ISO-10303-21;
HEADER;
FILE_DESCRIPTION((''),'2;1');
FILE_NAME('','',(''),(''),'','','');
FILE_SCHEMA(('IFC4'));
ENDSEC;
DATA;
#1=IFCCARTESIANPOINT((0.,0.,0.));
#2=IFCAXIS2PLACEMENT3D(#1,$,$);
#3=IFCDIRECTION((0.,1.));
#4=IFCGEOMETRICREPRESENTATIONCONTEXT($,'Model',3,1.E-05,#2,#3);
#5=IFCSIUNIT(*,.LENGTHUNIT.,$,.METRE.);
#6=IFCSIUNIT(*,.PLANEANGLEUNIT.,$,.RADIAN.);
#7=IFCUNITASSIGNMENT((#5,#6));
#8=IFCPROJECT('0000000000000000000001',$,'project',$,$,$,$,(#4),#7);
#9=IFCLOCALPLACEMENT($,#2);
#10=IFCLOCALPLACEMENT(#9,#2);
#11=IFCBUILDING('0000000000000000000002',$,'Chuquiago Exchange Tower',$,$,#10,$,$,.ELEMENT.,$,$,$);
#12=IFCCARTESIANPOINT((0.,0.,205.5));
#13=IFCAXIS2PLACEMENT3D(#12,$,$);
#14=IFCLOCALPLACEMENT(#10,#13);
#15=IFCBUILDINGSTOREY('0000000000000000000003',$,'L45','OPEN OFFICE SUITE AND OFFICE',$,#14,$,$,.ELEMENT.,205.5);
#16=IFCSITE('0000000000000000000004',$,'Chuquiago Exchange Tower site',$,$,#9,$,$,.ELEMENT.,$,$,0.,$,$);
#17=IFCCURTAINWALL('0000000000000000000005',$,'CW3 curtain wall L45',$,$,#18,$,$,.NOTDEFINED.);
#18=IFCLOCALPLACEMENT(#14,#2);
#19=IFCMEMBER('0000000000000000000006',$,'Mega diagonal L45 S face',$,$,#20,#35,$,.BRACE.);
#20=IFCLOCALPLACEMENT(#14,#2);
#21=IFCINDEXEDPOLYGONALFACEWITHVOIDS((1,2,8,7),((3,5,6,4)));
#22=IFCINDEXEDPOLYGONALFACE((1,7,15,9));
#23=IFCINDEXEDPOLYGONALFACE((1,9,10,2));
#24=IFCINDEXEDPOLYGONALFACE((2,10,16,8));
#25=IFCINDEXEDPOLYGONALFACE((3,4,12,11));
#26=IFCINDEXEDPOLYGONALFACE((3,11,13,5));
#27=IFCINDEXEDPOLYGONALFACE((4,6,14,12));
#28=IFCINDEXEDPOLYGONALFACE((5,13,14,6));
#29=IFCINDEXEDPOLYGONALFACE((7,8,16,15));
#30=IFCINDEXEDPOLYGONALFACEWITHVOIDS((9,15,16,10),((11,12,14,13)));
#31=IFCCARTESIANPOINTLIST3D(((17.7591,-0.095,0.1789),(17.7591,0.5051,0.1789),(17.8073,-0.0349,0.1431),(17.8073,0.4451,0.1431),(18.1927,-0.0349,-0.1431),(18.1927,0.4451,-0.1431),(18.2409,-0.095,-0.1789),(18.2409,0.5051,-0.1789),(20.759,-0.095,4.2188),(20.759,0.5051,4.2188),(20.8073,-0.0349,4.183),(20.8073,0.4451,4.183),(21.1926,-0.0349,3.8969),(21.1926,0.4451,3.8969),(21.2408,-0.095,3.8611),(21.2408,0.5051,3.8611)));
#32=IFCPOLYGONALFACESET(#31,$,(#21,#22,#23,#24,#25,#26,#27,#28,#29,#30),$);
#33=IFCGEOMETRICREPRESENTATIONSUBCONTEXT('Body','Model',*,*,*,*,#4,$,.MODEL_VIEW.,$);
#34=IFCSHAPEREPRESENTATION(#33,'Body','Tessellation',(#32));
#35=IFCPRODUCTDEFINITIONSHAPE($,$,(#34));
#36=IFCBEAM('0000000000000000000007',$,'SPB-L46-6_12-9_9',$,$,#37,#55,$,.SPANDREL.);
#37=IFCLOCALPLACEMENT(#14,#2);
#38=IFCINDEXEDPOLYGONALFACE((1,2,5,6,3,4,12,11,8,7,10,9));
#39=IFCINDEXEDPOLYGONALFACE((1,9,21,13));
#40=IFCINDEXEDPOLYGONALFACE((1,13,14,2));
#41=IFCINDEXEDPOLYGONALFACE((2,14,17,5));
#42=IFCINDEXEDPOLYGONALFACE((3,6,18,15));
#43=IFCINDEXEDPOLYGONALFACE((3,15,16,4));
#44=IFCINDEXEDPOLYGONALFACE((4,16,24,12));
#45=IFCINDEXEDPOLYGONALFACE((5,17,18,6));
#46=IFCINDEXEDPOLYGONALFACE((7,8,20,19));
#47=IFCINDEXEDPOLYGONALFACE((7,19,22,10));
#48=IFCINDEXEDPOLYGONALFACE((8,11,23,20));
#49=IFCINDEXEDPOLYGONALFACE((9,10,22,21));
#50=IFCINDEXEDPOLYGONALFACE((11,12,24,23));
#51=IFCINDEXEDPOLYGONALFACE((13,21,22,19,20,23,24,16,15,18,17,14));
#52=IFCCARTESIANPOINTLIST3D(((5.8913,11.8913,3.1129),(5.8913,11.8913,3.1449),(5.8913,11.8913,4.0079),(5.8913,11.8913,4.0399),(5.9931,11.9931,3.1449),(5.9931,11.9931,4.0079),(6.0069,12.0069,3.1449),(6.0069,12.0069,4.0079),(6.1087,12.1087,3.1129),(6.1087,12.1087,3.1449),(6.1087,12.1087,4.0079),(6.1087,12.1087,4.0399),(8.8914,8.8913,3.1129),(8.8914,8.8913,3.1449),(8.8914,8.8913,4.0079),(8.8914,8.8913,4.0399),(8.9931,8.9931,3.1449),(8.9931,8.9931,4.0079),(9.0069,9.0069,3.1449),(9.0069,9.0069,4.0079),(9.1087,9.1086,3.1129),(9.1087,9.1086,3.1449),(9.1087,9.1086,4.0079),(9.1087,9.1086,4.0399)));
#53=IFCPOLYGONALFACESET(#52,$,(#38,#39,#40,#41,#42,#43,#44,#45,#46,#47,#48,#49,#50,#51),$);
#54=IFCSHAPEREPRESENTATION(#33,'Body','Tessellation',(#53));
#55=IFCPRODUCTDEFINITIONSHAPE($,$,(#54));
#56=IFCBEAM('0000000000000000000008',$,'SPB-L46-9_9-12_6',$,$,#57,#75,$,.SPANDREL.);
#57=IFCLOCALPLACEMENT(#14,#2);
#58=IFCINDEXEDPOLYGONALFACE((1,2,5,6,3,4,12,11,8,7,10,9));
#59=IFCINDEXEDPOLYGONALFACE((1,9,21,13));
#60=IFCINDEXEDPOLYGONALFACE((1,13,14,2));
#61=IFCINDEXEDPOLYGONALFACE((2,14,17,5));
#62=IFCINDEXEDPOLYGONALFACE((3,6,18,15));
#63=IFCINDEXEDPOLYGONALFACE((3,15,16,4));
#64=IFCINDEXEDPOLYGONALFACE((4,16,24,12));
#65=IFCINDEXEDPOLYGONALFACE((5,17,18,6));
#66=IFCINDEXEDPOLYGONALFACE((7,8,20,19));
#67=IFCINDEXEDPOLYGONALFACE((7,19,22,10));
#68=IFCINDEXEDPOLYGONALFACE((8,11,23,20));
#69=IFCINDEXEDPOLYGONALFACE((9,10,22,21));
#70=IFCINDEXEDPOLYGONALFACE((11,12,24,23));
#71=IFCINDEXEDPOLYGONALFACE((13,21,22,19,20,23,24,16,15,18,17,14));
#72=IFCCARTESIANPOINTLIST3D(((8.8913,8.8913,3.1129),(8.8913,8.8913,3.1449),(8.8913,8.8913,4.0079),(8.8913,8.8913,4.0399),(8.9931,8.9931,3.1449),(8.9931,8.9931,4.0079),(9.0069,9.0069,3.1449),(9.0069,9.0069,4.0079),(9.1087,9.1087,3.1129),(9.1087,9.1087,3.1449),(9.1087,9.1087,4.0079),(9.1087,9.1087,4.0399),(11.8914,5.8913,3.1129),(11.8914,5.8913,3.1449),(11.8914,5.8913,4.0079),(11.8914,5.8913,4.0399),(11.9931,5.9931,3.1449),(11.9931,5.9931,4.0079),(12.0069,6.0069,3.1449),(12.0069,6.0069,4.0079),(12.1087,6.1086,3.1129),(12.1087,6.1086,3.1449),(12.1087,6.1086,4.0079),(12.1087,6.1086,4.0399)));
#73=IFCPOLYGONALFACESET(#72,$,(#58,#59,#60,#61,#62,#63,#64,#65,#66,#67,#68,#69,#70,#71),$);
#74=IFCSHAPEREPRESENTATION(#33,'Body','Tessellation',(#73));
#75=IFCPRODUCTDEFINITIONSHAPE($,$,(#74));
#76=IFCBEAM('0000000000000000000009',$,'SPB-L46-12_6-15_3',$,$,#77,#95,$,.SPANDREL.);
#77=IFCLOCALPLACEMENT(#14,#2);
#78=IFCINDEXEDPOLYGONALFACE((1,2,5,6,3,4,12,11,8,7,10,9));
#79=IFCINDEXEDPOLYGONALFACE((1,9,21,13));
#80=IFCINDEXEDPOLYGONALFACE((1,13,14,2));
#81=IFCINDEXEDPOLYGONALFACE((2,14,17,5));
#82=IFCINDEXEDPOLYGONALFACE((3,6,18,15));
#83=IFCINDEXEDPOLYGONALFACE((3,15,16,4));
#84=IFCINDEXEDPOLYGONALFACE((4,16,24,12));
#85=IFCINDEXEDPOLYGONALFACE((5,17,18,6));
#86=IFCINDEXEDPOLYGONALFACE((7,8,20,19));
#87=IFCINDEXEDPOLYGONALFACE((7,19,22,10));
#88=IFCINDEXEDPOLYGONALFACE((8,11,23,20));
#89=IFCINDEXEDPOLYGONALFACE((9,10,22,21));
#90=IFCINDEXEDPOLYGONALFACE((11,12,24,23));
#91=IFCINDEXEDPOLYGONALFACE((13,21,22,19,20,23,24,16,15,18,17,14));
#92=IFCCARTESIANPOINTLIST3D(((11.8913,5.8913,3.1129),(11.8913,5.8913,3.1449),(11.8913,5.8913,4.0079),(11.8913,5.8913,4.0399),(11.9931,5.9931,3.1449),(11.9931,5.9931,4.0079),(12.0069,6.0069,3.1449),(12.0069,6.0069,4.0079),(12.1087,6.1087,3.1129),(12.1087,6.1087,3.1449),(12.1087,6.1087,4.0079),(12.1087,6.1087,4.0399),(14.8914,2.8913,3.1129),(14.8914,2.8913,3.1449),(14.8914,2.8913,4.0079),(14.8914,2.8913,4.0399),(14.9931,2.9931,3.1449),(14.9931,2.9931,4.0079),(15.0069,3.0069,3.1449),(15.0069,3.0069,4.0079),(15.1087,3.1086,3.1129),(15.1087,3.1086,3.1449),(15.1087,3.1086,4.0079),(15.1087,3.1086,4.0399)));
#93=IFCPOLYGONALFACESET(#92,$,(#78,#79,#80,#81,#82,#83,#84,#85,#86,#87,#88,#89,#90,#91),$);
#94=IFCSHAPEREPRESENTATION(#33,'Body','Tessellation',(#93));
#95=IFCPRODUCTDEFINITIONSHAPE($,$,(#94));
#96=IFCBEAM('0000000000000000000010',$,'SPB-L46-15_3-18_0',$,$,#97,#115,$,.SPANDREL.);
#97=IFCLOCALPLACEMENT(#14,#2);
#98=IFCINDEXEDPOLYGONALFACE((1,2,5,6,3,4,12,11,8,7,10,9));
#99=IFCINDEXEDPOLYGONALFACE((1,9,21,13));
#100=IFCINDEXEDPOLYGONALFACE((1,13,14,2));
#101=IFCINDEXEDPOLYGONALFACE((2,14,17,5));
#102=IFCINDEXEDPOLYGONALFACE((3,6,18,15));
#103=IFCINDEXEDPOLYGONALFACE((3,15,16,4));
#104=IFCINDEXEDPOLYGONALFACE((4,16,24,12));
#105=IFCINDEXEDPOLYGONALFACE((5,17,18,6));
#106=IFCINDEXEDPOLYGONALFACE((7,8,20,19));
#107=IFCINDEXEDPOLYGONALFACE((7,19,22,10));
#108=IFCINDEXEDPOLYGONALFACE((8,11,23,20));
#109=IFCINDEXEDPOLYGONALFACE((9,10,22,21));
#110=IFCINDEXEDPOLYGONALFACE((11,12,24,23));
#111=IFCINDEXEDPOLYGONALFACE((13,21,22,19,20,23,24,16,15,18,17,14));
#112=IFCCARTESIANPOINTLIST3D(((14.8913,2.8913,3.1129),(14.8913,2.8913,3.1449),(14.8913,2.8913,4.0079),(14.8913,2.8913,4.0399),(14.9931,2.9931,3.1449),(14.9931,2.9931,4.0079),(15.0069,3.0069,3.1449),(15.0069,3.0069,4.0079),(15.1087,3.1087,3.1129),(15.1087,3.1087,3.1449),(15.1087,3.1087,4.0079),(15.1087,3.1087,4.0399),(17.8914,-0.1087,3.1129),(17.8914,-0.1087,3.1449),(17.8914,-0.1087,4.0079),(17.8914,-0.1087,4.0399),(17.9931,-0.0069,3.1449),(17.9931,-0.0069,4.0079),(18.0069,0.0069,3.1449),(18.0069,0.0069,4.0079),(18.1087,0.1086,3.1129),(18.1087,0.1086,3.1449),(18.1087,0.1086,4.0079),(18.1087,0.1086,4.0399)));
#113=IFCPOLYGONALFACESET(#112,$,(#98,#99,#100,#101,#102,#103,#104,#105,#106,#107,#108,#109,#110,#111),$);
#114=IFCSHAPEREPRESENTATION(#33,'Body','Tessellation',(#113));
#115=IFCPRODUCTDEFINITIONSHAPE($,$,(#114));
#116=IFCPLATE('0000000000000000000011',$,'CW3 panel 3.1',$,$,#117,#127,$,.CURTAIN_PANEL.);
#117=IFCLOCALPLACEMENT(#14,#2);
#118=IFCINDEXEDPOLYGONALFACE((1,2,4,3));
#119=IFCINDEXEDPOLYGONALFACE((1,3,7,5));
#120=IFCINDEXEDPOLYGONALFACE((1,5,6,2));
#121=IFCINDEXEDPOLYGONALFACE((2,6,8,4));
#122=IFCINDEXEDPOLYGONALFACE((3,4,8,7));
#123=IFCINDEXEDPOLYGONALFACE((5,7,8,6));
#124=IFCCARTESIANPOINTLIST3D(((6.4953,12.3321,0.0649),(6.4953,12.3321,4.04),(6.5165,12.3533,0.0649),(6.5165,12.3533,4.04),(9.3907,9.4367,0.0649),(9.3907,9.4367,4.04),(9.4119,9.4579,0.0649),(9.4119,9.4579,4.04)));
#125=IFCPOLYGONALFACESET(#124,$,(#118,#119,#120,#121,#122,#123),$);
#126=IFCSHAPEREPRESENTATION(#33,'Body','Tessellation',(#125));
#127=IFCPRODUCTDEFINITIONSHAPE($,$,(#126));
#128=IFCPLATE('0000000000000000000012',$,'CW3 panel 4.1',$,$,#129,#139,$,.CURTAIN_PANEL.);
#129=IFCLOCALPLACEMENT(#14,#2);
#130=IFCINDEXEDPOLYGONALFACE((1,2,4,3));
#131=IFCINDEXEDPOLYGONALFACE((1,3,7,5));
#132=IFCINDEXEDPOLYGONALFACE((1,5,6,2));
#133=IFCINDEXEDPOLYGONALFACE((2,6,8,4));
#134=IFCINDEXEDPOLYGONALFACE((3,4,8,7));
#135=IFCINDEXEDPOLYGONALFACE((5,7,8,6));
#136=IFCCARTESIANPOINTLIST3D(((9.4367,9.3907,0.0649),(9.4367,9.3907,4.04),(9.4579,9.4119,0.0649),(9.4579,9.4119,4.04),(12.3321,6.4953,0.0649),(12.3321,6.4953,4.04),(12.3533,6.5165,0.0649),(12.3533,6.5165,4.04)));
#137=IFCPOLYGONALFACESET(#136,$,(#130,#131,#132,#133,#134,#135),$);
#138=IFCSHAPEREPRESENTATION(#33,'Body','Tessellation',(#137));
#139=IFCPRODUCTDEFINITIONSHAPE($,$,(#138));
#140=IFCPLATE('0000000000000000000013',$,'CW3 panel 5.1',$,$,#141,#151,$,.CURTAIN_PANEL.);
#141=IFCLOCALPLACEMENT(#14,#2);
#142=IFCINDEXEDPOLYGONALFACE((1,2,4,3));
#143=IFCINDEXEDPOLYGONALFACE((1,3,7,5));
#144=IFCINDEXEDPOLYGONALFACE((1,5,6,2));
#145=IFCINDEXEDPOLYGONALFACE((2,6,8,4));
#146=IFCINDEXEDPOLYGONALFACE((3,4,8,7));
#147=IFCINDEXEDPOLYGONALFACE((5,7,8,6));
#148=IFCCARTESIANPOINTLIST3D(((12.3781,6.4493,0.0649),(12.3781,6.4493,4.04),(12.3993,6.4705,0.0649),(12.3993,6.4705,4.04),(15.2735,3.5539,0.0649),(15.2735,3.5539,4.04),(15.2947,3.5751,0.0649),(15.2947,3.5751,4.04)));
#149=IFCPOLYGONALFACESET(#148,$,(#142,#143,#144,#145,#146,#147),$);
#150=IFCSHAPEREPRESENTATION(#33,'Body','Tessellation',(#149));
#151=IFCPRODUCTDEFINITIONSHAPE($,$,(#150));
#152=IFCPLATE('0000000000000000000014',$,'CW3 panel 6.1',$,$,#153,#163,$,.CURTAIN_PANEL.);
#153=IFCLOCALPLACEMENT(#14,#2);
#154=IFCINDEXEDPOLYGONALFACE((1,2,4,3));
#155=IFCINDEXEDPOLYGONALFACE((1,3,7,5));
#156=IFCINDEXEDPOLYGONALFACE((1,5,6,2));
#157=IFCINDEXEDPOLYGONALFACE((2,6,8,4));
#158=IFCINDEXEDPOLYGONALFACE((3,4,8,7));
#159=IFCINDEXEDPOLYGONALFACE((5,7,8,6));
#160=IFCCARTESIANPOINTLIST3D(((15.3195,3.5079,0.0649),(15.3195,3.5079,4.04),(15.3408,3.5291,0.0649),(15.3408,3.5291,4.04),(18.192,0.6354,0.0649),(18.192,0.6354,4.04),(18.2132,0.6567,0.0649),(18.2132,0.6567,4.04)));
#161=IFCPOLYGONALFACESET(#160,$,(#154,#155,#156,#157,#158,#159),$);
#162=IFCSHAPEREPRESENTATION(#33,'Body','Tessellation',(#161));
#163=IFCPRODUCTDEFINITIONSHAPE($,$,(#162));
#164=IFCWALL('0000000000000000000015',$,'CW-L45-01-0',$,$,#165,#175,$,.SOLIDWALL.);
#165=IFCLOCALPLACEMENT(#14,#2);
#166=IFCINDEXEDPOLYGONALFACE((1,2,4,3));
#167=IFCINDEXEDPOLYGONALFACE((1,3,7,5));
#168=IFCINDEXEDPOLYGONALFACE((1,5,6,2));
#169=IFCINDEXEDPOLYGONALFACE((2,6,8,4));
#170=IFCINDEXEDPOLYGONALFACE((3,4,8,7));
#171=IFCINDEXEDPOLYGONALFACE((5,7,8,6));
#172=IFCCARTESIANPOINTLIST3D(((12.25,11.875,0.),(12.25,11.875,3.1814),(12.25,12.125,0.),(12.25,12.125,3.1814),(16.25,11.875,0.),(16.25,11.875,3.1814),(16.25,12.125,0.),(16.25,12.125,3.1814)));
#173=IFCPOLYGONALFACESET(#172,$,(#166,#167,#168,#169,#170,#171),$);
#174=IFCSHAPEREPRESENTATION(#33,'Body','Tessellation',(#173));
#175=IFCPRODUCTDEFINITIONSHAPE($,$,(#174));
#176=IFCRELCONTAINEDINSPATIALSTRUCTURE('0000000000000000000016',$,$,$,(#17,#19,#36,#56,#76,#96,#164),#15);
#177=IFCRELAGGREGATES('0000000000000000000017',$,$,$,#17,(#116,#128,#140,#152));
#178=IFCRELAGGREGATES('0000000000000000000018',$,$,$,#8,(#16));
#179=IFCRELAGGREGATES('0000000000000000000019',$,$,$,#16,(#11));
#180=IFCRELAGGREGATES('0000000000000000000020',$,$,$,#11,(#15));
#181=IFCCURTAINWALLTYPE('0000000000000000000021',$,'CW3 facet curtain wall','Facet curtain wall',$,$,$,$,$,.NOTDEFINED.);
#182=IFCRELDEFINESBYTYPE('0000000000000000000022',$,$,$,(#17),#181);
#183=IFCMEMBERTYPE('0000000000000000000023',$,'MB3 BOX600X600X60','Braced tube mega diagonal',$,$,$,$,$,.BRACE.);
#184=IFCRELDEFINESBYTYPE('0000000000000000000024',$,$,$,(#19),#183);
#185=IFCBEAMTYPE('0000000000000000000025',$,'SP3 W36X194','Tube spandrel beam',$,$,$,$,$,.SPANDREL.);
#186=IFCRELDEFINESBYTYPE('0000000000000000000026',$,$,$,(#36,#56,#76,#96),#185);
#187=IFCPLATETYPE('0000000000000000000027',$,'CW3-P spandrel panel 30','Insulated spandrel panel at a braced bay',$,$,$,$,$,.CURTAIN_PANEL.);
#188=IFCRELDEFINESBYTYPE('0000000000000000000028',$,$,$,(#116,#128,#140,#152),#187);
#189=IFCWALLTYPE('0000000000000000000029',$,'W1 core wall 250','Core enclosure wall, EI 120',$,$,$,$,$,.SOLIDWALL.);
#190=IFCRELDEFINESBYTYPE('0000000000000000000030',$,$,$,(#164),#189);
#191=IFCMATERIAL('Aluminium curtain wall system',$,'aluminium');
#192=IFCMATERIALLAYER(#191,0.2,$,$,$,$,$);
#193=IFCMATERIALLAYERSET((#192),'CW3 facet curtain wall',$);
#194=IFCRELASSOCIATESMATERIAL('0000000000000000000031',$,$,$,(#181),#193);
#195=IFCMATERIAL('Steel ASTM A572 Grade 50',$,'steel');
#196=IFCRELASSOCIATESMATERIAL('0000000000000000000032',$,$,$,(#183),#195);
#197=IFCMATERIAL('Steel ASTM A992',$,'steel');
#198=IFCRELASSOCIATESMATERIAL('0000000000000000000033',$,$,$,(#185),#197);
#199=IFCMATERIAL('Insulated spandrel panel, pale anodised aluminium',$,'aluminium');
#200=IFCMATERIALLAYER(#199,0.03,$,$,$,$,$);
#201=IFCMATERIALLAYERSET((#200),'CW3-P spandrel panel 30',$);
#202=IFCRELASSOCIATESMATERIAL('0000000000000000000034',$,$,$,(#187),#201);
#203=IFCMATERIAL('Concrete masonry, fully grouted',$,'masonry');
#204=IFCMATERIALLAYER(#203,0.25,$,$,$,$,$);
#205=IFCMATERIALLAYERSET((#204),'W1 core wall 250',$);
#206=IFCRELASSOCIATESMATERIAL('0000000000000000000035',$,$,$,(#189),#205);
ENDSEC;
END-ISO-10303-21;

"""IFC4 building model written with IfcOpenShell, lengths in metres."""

from ifc_helpers import new_model, si_unit, direction, frame, frame_2d, origin, origin_2d, place, context, subcontext, project, spatial, rectangle, hollow_rectangle, i_section, extrude, material, layer, layer_set, material_profile, profile_set, type_object, element, aggregate, save


model = new_model("IFC4")

# Units and contexts
model_context = context("Model", 3, precision=1e-05, world=origin(), true_north=direction((0.0, 1.0)))
body_context = subcontext(model_context, "Body", "Model", "MODEL_VIEW")
ifc_project = project(units=[si_unit("LENGTHUNIT", "METRE"), si_unit("PLANEANGLEUNIT", "RADIAN")], contexts=[model_context])

# Site, building, storey
site_placement = place(None, origin())
site = spatial("IfcSite", under=ifc_project, at=site_placement, Name="Chuquiago Exchange Tower site", CompositionType="ELEMENT", RefElevation=0.0)
building_placement = place(site_placement, origin())
building = spatial("IfcBuilding", under=site, at=building_placement, Name="Chuquiago Exchange Tower", CompositionType="ELEMENT")
storey_placement = place(building_placement, frame((0.0, 0.0, 205.5)))
storey = spatial("IfcBuildingStorey", under=building, at=storey_placement, Name="L45", Description="OPEN OFFICE SUITE AND OFFICE", CompositionType="ELEMENT", Elevation=205.5)

# Curtain wall
ifc_material_1 = material(Name="Aluminium curtain wall system", Category="aluminium")
ifc_layer_1 = layer(ifc_material_1, 0.2)
ifc_layer_set_1 = layer_set([ifc_layer_1], Name="CW3 facet curtain wall")
curtain_wall_type = type_object("IfcCurtainWallType", Name="CW3 facet curtain wall", Description="Facet curtain wall", PredefinedType="NOTDEFINED", material=ifc_layer_set_1)
curtain_wall_placement = place(storey_placement, origin())
curtain_wall = element("IfcCurtainWall", 1, at=curtain_wall_placement, inside=storey, type_object=curtain_wall_type, Name="CW3 curtain wall L45", PredefinedType="NOTDEFINED")

# Member
ifc_material_2 = material(Name="Steel ASTM A572 Grade 50", Category="steel")
ifc_material_profile_1 = material_profile(ifc_material_2, hollow_rectangle(XDim=0.6001, YDim=0.6001, WallThickness=0.0601, at=origin_2d()), Name="BOX600X600X60")
ifc_profile_set_1 = profile_set([ifc_material_profile_1], Name="Steel ASTM A572 Grade 50")
member_type_1 = type_object("IfcMemberType", Name="MB3 BOX600X600X60", Description="Braced tube mega diagonal", PredefinedType="BRACE", material=ifc_profile_set_1)
member_1_placement = place(storey_placement, frame((18.0, 0.2051, 0.0), z_axis=(0.596174, 0.0, 0.802855), x_axis=(0.0, 1.0, 0.0)))
element("IfcMember", 2, at=member_1_placement, inside=storey, type_object=member_type_1, Name="Mega diagonal L45 S face", PredefinedType="BRACE", context=body_context, shape_type="SweptSolid", body=[
    extrude(hollow_rectangle(XDim=0.6001, YDim=0.6001, WallThickness=0.0601, at=origin_2d()), origin(), (0.0, 0.0, 1.0), 5.032),
])

# Beams
ifc_material_3 = material(Name="Steel ASTM A992", Category="steel")
ifc_material_profile_2 = material_profile(ifc_material_3, i_section(OverallWidth=0.3074, OverallDepth=0.927, WebThickness=0.0195, FlangeThickness=0.032, at=origin_2d()), Name="W36X194")
ifc_profile_set_2 = profile_set([ifc_material_profile_2], Name="Steel ASTM A992")
beam_type_1 = type_object("IfcBeamType", Name="SP3 W36X194", Description="Tube spandrel beam", PredefinedType="SPANDREL", material=ifc_profile_set_2)
for number, where, z_axis, x_axis, name in (
    (3, (6.0, 12.0, 3.5764), (0.707107, -0.707107, 0.0), (0.707107, 0.707107, 0.0), "SPB-L46-6_12-9_9"),
    (4, (9.0, 9.0, 3.5764), (0.707107, -0.707107, 0.0), (0.707107, 0.707107, 0.0), "SPB-L46-9_9-12_6"),
    (5, (12.0, 6.0, 3.5764), (0.707107, -0.707107, 0.0), (0.707107, 0.707107, 0.0), "SPB-L46-12_6-15_3"),
    (6, (15.0, 3.0, 3.5764), (0.707107, -0.707107, 0.0), (0.707107, 0.707107, 0.0), "SPB-L46-15_3-18_0"),
):
    element("IfcBeam", number, at=place(storey_placement, frame(where, z_axis=z_axis, x_axis=x_axis)), inside=storey, type_object=beam_type_1, Name=name, PredefinedType="SPANDREL", context=body_context, shape_type="SweptSolid", body=[
        extrude(i_section(OverallWidth=0.3074, OverallDepth=0.927, WebThickness=0.0195, FlangeThickness=0.032, at=origin_2d()), origin(), (0.0, 0.0, 1.0), 4.2427),
    ])

# Plates
ifc_material_4 = material(Name="Insulated spandrel panel, pale anodised aluminium", Category="aluminium")
ifc_layer_2 = layer(ifc_material_4, 0.03)
ifc_layer_set_2 = layer_set([ifc_layer_2], Name="CW3-P spandrel panel 30")
plate_type = type_object("IfcPlateType", Name="CW3-P spandrel panel 30", Description="Insulated spandrel panel at a braced bay", PredefinedType="CURTAIN_PANEL", material=ifc_layer_set_2)
plate_1_placement = place(storey_placement, frame((7.9536, 10.895, 0.0649), z_axis=(0.0, 0.0, 1.0), x_axis=(0.707107, -0.707107, 0.0)))
plate_1 = element("IfcPlate", 7, at=plate_1_placement, type_object=plate_type, Name="CW3 panel 3.1", PredefinedType="CURTAIN_PANEL", context=body_context, shape_type="SweptSolid", body=[
    extrude(rectangle(XDim=4.0947, YDim=0.03, at=origin_2d()), origin(), (0.0, 0.0, 1.0), 3.9751),
])
plate_2_placement = place(storey_placement, frame((10.895, 7.9536, 0.0649), z_axis=(0.0, 0.0, 1.0), x_axis=(0.707107, -0.707107, 0.0)))
plate_2 = element("IfcPlate", 8, at=plate_2_placement, type_object=plate_type, Name="CW3 panel 4.1", PredefinedType="CURTAIN_PANEL", context=body_context, shape_type="SweptSolid", body=[
    extrude(rectangle(XDim=4.0947, YDim=0.03, at=origin_2d()), origin(), (0.0, 0.0, 1.0), 3.9751),
])
plate_3_placement = place(storey_placement, frame((13.8364, 5.0122, 0.0649), z_axis=(0.0, 0.0, 1.0), x_axis=(0.707107, -0.707107, 0.0)))
plate_3 = element("IfcPlate", 9, at=plate_3_placement, type_object=plate_type, Name="CW3 panel 5.1", PredefinedType="CURTAIN_PANEL", context=body_context, shape_type="SweptSolid", body=[
    extrude(rectangle(XDim=4.0947, YDim=0.03, at=origin_2d()), origin(), (0.0, 0.0, 1.0), 3.9751),
])
plate_4_placement = place(storey_placement, frame((16.7664, 2.0823, 0.0649), z_axis=(0.0, 0.0, 1.0), x_axis=(0.707107, -0.707107, 0.0)))
plate_4 = element("IfcPlate", 10, at=plate_4_placement, type_object=plate_type, Name="CW3 panel 6.1", PredefinedType="CURTAIN_PANEL", context=body_context, shape_type="SweptSolid", body=[
    extrude(rectangle(XDim=4.0623, YDim=0.03, at=origin_2d()), origin(), (0.0, 0.0, 1.0), 3.9751),
])
aggregate(curtain_wall, [plate_1, plate_2, plate_3, plate_4])

# Wall
ifc_material_5 = material(Name="Concrete masonry, fully grouted", Category="masonry")
ifc_layer_3 = layer(ifc_material_5, 0.25)
ifc_layer_set_3 = layer_set([ifc_layer_3], Name="W1 core wall 250")
wall_type_1 = type_object("IfcWallType", Name="W1 core wall 250", Description="Core enclosure wall, EI 120", PredefinedType="SOLIDWALL", material=ifc_layer_set_3)
wall_1_placement = place(storey_placement, frame((12.25, 12.0, 0.0), z_axis=(0.0, 0.0, 1.0), x_axis=(1.0, 0.0, 0.0)))
element("IfcWall", 11, at=wall_1_placement, inside=storey, type_object=wall_type_1, Name="CW-L45-01-0", PredefinedType="SOLIDWALL", context=body_context, shape_type="SweptSolid", body=[
    extrude(rectangle(XDim=4.0, YDim=0.25, at=frame_2d((2.0, 0.0))), origin(), (0.0, 0.0, 1.0), 3.1814),
])

save(model, "model.ifc")
